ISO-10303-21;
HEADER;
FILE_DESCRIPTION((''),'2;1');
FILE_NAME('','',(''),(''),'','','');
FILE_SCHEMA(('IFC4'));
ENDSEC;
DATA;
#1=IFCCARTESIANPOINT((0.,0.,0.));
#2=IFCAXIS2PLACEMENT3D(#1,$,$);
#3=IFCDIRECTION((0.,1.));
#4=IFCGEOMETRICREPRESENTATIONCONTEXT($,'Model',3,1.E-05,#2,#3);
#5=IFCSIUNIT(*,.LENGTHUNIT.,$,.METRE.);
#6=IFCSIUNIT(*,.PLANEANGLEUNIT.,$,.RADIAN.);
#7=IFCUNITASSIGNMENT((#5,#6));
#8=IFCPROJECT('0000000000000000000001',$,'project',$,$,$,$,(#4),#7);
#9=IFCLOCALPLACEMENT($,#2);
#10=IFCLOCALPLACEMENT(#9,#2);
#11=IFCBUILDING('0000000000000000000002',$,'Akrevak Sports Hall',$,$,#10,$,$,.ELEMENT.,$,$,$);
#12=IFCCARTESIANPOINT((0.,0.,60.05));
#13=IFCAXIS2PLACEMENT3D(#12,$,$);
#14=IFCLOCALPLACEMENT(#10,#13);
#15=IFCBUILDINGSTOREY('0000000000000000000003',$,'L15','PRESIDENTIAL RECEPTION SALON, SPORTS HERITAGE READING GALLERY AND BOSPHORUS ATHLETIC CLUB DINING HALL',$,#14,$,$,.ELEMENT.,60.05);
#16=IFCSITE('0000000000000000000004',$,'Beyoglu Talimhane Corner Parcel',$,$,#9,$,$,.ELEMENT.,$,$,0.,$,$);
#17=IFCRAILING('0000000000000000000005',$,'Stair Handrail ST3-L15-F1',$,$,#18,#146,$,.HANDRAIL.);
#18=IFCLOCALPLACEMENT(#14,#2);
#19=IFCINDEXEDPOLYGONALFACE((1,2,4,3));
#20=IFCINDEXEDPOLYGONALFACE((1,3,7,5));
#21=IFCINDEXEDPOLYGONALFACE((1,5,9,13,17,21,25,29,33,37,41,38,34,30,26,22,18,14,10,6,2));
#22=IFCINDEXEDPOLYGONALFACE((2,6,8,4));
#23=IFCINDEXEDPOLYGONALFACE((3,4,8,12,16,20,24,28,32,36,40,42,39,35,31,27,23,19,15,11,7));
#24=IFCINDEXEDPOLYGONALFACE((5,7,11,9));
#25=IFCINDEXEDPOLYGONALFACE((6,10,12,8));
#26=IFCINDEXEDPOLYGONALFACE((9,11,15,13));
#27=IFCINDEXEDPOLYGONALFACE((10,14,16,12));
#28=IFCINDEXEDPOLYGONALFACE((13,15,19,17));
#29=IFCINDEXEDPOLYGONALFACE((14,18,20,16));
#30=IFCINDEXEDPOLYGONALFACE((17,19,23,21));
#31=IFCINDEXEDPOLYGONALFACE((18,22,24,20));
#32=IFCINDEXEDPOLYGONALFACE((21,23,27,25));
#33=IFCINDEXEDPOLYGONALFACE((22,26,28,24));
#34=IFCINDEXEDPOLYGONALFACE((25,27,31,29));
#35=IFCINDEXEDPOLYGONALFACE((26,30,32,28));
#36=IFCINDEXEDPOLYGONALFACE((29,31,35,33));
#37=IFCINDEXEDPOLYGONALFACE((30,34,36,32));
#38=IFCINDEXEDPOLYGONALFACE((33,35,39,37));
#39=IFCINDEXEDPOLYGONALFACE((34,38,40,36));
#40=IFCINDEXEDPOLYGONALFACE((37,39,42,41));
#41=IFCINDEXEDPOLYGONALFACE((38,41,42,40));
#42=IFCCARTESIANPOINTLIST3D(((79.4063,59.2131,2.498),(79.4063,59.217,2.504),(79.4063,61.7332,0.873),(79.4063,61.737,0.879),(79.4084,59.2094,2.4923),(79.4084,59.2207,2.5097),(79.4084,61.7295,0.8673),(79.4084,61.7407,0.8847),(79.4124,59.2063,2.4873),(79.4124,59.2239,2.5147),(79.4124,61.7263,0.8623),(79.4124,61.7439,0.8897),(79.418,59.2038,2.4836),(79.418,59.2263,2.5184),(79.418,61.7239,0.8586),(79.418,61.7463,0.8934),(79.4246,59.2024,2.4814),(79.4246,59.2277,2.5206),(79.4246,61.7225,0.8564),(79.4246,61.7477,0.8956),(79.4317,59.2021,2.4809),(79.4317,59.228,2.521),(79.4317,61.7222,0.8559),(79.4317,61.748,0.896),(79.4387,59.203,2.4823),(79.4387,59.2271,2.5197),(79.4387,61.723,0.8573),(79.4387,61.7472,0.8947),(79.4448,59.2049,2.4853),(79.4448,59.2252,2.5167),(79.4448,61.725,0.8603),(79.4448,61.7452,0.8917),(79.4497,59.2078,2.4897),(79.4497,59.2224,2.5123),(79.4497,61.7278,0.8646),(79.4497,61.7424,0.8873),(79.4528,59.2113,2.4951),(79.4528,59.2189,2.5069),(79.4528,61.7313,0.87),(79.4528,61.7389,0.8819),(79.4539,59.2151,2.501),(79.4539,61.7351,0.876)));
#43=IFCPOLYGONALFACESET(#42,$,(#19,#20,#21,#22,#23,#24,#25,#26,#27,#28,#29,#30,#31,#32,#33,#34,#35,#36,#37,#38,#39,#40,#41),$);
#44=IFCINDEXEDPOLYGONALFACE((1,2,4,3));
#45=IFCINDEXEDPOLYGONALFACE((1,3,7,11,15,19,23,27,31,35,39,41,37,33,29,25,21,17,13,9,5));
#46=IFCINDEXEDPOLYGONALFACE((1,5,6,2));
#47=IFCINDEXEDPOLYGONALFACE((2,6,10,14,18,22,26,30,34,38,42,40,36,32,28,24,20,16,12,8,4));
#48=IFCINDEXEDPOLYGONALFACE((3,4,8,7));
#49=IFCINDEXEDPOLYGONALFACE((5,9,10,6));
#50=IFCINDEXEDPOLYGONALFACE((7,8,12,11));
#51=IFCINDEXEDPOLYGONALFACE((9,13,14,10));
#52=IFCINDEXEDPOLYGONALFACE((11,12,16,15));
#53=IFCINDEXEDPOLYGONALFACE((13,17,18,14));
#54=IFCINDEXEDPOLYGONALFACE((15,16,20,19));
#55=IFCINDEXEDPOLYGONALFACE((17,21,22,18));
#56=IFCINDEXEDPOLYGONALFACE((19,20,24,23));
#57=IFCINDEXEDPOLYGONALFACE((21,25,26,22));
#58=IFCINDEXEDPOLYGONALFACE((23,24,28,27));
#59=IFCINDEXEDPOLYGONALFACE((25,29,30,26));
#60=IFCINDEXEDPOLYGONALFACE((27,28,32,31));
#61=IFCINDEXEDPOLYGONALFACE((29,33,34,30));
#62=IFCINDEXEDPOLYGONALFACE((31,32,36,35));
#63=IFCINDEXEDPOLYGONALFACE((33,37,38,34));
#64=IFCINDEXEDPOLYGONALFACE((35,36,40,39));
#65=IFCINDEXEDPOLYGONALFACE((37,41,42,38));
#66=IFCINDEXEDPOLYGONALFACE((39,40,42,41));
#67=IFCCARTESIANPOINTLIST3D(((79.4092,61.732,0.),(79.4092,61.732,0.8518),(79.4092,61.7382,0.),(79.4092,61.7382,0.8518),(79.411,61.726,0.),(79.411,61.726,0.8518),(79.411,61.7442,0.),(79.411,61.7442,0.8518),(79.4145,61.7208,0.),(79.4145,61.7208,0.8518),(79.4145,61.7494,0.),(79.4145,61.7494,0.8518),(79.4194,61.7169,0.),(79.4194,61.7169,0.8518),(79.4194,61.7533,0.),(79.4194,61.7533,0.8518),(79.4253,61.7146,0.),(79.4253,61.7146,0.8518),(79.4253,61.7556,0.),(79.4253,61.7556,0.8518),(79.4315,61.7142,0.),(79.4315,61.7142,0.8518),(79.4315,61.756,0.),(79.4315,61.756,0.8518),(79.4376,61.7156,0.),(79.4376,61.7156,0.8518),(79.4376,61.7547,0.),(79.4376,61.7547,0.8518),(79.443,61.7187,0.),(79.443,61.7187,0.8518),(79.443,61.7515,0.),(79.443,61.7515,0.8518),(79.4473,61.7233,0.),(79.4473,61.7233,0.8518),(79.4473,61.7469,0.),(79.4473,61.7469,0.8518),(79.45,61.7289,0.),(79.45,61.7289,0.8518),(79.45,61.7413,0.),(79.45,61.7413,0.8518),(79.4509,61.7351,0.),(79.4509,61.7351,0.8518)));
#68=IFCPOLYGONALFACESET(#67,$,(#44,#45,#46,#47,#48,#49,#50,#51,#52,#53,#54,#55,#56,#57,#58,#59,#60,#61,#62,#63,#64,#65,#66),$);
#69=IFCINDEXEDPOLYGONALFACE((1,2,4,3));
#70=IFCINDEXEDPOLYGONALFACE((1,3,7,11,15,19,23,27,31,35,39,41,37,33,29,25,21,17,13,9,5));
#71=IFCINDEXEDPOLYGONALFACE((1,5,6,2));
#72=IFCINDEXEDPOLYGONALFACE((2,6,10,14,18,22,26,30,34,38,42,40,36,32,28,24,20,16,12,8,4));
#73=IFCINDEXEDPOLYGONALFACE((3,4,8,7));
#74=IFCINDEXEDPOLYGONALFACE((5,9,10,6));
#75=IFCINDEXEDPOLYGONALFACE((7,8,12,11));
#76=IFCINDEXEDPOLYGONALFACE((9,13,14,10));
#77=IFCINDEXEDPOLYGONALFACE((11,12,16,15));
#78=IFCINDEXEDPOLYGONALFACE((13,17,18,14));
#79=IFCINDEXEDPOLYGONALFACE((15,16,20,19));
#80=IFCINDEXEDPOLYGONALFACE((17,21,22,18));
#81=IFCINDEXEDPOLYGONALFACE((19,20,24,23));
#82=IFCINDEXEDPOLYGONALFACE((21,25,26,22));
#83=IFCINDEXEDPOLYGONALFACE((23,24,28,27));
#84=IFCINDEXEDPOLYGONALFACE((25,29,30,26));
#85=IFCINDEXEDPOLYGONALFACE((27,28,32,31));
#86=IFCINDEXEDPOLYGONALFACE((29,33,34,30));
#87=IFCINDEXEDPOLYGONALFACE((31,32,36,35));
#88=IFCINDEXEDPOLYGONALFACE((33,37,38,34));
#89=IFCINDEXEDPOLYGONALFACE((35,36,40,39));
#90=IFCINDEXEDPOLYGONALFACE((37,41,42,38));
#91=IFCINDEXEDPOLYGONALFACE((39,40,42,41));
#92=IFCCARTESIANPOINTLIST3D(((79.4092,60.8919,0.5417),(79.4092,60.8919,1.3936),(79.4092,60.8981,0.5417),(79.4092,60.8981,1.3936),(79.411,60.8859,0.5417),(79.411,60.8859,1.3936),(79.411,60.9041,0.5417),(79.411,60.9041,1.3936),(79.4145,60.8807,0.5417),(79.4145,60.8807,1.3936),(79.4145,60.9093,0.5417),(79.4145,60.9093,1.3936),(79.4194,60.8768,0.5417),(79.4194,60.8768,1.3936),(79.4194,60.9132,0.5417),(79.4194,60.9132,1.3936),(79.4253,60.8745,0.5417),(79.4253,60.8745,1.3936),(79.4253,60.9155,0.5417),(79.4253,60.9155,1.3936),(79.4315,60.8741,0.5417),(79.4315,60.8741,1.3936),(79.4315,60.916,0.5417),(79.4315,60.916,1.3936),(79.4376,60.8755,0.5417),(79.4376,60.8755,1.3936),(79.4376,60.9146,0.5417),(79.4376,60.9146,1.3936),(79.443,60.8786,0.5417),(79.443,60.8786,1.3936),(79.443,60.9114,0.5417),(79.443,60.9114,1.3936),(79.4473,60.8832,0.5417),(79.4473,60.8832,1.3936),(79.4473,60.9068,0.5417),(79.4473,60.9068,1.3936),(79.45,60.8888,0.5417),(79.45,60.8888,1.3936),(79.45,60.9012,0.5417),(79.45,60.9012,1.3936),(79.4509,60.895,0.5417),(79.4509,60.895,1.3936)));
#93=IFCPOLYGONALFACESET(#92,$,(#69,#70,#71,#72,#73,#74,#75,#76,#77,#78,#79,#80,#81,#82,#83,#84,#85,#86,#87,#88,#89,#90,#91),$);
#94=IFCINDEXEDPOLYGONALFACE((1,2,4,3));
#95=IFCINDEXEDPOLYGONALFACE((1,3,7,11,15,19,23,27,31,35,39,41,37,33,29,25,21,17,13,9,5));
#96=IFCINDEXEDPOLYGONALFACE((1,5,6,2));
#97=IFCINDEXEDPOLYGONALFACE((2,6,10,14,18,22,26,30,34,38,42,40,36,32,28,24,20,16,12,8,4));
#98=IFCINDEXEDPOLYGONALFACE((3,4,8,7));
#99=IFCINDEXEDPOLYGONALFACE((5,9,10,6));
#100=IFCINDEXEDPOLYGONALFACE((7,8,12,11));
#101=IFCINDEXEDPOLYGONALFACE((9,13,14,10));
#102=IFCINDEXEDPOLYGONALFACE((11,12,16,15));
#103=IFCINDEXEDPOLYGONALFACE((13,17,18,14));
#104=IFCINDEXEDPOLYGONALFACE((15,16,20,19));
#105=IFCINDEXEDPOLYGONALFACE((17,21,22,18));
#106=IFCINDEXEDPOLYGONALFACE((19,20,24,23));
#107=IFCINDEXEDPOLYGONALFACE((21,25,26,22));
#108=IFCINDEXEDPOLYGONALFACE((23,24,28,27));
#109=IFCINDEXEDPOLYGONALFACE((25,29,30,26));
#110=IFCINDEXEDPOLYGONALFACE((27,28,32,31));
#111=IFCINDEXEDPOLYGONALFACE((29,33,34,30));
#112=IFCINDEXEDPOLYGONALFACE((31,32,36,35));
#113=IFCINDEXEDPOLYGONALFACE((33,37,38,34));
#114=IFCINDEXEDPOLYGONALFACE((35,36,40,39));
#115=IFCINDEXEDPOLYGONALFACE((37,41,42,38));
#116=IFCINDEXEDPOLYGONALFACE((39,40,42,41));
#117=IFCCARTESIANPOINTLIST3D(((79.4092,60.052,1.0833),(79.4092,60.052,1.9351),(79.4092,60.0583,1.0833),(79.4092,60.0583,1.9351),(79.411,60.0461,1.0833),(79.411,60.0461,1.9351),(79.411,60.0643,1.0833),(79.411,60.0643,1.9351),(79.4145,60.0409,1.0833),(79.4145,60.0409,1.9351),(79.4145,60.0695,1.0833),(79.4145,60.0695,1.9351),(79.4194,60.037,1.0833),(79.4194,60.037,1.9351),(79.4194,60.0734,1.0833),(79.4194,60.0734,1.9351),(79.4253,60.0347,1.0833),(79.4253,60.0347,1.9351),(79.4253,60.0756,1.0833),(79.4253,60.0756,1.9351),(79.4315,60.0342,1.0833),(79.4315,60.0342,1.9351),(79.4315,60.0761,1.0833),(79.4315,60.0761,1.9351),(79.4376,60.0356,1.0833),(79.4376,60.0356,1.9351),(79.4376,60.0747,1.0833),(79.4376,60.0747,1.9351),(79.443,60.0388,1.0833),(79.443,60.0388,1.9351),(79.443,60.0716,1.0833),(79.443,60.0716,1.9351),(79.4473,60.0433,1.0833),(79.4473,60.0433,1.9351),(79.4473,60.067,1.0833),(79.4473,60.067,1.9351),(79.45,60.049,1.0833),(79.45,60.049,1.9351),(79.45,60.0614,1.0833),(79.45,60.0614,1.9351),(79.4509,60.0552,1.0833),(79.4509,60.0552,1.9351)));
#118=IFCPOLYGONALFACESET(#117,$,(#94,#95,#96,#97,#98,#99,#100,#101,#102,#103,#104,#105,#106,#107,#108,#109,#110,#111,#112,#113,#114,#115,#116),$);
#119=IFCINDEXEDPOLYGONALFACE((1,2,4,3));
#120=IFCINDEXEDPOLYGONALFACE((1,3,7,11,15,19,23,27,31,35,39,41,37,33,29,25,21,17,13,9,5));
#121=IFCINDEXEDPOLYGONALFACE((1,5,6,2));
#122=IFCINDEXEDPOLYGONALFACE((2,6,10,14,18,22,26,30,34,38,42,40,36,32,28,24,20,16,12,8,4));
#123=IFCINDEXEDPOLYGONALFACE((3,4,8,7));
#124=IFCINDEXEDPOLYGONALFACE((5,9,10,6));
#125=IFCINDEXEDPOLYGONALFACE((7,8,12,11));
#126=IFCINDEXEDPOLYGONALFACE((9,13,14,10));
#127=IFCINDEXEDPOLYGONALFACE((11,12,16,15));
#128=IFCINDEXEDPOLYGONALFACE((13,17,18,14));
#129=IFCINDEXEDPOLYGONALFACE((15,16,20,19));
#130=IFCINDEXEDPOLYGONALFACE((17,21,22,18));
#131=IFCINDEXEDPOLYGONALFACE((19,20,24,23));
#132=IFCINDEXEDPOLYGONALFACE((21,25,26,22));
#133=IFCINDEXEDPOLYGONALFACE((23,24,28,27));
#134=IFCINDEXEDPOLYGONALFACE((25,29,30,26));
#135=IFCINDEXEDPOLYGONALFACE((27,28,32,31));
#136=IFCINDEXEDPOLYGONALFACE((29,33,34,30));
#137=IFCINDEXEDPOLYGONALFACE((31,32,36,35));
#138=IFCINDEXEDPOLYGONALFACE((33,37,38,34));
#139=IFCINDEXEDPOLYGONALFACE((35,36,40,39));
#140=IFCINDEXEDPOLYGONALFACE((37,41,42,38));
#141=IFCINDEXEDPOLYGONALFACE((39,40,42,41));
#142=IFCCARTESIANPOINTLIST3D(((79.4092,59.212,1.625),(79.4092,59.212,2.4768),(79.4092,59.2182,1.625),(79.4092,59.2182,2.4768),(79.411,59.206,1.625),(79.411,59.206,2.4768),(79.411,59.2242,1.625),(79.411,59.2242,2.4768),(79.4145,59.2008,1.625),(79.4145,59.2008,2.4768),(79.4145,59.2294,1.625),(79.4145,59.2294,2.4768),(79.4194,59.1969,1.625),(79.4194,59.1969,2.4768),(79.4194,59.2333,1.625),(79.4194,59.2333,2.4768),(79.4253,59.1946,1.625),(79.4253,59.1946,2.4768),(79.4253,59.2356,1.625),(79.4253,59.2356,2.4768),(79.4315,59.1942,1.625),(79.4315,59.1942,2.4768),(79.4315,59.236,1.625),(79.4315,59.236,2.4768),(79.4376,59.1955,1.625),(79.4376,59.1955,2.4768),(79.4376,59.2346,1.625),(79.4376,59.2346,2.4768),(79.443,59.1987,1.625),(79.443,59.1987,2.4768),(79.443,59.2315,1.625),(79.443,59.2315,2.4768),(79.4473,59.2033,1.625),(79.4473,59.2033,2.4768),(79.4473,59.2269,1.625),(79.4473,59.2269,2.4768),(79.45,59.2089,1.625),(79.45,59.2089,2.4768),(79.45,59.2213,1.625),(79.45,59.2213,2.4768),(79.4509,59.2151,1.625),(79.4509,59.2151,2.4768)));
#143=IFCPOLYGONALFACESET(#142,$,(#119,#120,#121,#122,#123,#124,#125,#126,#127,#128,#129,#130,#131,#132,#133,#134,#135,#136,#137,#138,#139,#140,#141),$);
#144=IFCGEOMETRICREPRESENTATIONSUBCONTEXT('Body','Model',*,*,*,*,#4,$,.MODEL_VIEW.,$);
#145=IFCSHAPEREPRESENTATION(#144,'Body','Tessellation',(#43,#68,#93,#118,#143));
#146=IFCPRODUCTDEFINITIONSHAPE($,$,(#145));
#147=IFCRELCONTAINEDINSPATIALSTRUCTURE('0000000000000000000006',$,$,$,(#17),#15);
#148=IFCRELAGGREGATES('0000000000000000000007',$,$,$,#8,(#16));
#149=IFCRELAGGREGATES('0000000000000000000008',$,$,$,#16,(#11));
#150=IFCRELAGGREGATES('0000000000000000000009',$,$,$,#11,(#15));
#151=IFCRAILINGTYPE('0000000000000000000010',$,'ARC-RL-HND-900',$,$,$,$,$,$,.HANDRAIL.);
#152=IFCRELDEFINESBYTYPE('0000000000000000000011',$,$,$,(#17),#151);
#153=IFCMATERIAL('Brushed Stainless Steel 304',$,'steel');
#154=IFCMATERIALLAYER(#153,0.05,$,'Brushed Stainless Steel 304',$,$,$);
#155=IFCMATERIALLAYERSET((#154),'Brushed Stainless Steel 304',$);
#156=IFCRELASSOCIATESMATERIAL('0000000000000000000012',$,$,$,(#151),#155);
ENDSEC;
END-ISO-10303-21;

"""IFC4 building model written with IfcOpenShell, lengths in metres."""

from ifc_helpers import new_model, si_unit, direction, frame, origin, origin_2d, place, context, subcontext, project, spatial, circle, extrude, material, layer, layer_set, type_object, element, save


model = new_model("IFC4")

# Units and contexts
model_context = context("Model", 3, precision=1e-05, world=origin(), true_north=direction((0.0, 1.0)))
body_context = subcontext(model_context, "Body", "Model", "MODEL_VIEW")
ifc_project = project(units=[si_unit("LENGTHUNIT", "METRE"), si_unit("PLANEANGLEUNIT", "RADIAN")], contexts=[model_context])

# Site, building, storey
site_placement = place(None, origin())
site = spatial("IfcSite", under=ifc_project, at=site_placement, Name="Beyoglu Talimhane Corner Parcel", CompositionType="ELEMENT", RefElevation=0.0)
building_placement = place(site_placement, origin())
building = spatial("IfcBuilding", under=site, at=building_placement, Name="Akrevak Sports Hall", CompositionType="ELEMENT")
storey_placement = place(building_placement, frame((0.0, 0.0, 60.05)))
storey = spatial("IfcBuildingStorey", under=building, at=storey_placement, Name="L15", Description="PRESIDENTIAL RECEPTION SALON, SPORTS HERITAGE READING GALLERY AND BOSPHORUS ATHLETIC CLUB DINING HALL", CompositionType="ELEMENT", Elevation=60.05)

# Railing
ifc_material_1 = material(Name="Brushed Stainless Steel 304", Category="steel")
ifc_layer_1 = layer(ifc_material_1, 0.05, Name="Brushed Stainless Steel 304")
ifc_layer_set_1 = layer_set([ifc_layer_1], Name="Brushed Stainless Steel 304")
railing_type_1 = type_object("IfcRailingType", Name="ARC-RL-HND-900", PredefinedType="HANDRAIL", material=ifc_layer_set_1)
railing_1_placement = place(storey_placement, frame((79.4299, 61.7351, 0.0)))
element("IfcRailing", 1, at=railing_1_placement, inside=storey, type_object=railing_type_1, Name="Stair Handrail ST3-L15-F1", PredefinedType="HANDRAIL", context=body_context, shape_type="SweptSolid", body=[
    extrude(circle(Radius=0.0239, at=origin_2d()), frame((0.0, 0.0, 0.876), z_axis=(0.0, -0.840421, 0.541934), x_axis=(1.0, 0.0, 0.0)), (0.0, 0.0, 1.0), 2.9985),
    extrude(circle(Radius=0.021, at=origin_2d()), origin(), (0.0, 0.0, 1.0), 0.8518),
    extrude(circle(Radius=0.021, at=origin_2d()), frame((0.0, -0.8401, 0.5417)), (0.0, 0.0, 1.0), 0.8518),
    extrude(circle(Radius=0.021, at=origin_2d()), frame((0.0, -1.6799, 1.0833)), (0.0, 0.0, 1.0), 0.8518),
    extrude(circle(Radius=0.021, at=origin_2d()), frame((0.0, -2.52, 1.625)), (0.0, 0.0, 1.0), 0.8518),
])

save(model, "model.ifc")
